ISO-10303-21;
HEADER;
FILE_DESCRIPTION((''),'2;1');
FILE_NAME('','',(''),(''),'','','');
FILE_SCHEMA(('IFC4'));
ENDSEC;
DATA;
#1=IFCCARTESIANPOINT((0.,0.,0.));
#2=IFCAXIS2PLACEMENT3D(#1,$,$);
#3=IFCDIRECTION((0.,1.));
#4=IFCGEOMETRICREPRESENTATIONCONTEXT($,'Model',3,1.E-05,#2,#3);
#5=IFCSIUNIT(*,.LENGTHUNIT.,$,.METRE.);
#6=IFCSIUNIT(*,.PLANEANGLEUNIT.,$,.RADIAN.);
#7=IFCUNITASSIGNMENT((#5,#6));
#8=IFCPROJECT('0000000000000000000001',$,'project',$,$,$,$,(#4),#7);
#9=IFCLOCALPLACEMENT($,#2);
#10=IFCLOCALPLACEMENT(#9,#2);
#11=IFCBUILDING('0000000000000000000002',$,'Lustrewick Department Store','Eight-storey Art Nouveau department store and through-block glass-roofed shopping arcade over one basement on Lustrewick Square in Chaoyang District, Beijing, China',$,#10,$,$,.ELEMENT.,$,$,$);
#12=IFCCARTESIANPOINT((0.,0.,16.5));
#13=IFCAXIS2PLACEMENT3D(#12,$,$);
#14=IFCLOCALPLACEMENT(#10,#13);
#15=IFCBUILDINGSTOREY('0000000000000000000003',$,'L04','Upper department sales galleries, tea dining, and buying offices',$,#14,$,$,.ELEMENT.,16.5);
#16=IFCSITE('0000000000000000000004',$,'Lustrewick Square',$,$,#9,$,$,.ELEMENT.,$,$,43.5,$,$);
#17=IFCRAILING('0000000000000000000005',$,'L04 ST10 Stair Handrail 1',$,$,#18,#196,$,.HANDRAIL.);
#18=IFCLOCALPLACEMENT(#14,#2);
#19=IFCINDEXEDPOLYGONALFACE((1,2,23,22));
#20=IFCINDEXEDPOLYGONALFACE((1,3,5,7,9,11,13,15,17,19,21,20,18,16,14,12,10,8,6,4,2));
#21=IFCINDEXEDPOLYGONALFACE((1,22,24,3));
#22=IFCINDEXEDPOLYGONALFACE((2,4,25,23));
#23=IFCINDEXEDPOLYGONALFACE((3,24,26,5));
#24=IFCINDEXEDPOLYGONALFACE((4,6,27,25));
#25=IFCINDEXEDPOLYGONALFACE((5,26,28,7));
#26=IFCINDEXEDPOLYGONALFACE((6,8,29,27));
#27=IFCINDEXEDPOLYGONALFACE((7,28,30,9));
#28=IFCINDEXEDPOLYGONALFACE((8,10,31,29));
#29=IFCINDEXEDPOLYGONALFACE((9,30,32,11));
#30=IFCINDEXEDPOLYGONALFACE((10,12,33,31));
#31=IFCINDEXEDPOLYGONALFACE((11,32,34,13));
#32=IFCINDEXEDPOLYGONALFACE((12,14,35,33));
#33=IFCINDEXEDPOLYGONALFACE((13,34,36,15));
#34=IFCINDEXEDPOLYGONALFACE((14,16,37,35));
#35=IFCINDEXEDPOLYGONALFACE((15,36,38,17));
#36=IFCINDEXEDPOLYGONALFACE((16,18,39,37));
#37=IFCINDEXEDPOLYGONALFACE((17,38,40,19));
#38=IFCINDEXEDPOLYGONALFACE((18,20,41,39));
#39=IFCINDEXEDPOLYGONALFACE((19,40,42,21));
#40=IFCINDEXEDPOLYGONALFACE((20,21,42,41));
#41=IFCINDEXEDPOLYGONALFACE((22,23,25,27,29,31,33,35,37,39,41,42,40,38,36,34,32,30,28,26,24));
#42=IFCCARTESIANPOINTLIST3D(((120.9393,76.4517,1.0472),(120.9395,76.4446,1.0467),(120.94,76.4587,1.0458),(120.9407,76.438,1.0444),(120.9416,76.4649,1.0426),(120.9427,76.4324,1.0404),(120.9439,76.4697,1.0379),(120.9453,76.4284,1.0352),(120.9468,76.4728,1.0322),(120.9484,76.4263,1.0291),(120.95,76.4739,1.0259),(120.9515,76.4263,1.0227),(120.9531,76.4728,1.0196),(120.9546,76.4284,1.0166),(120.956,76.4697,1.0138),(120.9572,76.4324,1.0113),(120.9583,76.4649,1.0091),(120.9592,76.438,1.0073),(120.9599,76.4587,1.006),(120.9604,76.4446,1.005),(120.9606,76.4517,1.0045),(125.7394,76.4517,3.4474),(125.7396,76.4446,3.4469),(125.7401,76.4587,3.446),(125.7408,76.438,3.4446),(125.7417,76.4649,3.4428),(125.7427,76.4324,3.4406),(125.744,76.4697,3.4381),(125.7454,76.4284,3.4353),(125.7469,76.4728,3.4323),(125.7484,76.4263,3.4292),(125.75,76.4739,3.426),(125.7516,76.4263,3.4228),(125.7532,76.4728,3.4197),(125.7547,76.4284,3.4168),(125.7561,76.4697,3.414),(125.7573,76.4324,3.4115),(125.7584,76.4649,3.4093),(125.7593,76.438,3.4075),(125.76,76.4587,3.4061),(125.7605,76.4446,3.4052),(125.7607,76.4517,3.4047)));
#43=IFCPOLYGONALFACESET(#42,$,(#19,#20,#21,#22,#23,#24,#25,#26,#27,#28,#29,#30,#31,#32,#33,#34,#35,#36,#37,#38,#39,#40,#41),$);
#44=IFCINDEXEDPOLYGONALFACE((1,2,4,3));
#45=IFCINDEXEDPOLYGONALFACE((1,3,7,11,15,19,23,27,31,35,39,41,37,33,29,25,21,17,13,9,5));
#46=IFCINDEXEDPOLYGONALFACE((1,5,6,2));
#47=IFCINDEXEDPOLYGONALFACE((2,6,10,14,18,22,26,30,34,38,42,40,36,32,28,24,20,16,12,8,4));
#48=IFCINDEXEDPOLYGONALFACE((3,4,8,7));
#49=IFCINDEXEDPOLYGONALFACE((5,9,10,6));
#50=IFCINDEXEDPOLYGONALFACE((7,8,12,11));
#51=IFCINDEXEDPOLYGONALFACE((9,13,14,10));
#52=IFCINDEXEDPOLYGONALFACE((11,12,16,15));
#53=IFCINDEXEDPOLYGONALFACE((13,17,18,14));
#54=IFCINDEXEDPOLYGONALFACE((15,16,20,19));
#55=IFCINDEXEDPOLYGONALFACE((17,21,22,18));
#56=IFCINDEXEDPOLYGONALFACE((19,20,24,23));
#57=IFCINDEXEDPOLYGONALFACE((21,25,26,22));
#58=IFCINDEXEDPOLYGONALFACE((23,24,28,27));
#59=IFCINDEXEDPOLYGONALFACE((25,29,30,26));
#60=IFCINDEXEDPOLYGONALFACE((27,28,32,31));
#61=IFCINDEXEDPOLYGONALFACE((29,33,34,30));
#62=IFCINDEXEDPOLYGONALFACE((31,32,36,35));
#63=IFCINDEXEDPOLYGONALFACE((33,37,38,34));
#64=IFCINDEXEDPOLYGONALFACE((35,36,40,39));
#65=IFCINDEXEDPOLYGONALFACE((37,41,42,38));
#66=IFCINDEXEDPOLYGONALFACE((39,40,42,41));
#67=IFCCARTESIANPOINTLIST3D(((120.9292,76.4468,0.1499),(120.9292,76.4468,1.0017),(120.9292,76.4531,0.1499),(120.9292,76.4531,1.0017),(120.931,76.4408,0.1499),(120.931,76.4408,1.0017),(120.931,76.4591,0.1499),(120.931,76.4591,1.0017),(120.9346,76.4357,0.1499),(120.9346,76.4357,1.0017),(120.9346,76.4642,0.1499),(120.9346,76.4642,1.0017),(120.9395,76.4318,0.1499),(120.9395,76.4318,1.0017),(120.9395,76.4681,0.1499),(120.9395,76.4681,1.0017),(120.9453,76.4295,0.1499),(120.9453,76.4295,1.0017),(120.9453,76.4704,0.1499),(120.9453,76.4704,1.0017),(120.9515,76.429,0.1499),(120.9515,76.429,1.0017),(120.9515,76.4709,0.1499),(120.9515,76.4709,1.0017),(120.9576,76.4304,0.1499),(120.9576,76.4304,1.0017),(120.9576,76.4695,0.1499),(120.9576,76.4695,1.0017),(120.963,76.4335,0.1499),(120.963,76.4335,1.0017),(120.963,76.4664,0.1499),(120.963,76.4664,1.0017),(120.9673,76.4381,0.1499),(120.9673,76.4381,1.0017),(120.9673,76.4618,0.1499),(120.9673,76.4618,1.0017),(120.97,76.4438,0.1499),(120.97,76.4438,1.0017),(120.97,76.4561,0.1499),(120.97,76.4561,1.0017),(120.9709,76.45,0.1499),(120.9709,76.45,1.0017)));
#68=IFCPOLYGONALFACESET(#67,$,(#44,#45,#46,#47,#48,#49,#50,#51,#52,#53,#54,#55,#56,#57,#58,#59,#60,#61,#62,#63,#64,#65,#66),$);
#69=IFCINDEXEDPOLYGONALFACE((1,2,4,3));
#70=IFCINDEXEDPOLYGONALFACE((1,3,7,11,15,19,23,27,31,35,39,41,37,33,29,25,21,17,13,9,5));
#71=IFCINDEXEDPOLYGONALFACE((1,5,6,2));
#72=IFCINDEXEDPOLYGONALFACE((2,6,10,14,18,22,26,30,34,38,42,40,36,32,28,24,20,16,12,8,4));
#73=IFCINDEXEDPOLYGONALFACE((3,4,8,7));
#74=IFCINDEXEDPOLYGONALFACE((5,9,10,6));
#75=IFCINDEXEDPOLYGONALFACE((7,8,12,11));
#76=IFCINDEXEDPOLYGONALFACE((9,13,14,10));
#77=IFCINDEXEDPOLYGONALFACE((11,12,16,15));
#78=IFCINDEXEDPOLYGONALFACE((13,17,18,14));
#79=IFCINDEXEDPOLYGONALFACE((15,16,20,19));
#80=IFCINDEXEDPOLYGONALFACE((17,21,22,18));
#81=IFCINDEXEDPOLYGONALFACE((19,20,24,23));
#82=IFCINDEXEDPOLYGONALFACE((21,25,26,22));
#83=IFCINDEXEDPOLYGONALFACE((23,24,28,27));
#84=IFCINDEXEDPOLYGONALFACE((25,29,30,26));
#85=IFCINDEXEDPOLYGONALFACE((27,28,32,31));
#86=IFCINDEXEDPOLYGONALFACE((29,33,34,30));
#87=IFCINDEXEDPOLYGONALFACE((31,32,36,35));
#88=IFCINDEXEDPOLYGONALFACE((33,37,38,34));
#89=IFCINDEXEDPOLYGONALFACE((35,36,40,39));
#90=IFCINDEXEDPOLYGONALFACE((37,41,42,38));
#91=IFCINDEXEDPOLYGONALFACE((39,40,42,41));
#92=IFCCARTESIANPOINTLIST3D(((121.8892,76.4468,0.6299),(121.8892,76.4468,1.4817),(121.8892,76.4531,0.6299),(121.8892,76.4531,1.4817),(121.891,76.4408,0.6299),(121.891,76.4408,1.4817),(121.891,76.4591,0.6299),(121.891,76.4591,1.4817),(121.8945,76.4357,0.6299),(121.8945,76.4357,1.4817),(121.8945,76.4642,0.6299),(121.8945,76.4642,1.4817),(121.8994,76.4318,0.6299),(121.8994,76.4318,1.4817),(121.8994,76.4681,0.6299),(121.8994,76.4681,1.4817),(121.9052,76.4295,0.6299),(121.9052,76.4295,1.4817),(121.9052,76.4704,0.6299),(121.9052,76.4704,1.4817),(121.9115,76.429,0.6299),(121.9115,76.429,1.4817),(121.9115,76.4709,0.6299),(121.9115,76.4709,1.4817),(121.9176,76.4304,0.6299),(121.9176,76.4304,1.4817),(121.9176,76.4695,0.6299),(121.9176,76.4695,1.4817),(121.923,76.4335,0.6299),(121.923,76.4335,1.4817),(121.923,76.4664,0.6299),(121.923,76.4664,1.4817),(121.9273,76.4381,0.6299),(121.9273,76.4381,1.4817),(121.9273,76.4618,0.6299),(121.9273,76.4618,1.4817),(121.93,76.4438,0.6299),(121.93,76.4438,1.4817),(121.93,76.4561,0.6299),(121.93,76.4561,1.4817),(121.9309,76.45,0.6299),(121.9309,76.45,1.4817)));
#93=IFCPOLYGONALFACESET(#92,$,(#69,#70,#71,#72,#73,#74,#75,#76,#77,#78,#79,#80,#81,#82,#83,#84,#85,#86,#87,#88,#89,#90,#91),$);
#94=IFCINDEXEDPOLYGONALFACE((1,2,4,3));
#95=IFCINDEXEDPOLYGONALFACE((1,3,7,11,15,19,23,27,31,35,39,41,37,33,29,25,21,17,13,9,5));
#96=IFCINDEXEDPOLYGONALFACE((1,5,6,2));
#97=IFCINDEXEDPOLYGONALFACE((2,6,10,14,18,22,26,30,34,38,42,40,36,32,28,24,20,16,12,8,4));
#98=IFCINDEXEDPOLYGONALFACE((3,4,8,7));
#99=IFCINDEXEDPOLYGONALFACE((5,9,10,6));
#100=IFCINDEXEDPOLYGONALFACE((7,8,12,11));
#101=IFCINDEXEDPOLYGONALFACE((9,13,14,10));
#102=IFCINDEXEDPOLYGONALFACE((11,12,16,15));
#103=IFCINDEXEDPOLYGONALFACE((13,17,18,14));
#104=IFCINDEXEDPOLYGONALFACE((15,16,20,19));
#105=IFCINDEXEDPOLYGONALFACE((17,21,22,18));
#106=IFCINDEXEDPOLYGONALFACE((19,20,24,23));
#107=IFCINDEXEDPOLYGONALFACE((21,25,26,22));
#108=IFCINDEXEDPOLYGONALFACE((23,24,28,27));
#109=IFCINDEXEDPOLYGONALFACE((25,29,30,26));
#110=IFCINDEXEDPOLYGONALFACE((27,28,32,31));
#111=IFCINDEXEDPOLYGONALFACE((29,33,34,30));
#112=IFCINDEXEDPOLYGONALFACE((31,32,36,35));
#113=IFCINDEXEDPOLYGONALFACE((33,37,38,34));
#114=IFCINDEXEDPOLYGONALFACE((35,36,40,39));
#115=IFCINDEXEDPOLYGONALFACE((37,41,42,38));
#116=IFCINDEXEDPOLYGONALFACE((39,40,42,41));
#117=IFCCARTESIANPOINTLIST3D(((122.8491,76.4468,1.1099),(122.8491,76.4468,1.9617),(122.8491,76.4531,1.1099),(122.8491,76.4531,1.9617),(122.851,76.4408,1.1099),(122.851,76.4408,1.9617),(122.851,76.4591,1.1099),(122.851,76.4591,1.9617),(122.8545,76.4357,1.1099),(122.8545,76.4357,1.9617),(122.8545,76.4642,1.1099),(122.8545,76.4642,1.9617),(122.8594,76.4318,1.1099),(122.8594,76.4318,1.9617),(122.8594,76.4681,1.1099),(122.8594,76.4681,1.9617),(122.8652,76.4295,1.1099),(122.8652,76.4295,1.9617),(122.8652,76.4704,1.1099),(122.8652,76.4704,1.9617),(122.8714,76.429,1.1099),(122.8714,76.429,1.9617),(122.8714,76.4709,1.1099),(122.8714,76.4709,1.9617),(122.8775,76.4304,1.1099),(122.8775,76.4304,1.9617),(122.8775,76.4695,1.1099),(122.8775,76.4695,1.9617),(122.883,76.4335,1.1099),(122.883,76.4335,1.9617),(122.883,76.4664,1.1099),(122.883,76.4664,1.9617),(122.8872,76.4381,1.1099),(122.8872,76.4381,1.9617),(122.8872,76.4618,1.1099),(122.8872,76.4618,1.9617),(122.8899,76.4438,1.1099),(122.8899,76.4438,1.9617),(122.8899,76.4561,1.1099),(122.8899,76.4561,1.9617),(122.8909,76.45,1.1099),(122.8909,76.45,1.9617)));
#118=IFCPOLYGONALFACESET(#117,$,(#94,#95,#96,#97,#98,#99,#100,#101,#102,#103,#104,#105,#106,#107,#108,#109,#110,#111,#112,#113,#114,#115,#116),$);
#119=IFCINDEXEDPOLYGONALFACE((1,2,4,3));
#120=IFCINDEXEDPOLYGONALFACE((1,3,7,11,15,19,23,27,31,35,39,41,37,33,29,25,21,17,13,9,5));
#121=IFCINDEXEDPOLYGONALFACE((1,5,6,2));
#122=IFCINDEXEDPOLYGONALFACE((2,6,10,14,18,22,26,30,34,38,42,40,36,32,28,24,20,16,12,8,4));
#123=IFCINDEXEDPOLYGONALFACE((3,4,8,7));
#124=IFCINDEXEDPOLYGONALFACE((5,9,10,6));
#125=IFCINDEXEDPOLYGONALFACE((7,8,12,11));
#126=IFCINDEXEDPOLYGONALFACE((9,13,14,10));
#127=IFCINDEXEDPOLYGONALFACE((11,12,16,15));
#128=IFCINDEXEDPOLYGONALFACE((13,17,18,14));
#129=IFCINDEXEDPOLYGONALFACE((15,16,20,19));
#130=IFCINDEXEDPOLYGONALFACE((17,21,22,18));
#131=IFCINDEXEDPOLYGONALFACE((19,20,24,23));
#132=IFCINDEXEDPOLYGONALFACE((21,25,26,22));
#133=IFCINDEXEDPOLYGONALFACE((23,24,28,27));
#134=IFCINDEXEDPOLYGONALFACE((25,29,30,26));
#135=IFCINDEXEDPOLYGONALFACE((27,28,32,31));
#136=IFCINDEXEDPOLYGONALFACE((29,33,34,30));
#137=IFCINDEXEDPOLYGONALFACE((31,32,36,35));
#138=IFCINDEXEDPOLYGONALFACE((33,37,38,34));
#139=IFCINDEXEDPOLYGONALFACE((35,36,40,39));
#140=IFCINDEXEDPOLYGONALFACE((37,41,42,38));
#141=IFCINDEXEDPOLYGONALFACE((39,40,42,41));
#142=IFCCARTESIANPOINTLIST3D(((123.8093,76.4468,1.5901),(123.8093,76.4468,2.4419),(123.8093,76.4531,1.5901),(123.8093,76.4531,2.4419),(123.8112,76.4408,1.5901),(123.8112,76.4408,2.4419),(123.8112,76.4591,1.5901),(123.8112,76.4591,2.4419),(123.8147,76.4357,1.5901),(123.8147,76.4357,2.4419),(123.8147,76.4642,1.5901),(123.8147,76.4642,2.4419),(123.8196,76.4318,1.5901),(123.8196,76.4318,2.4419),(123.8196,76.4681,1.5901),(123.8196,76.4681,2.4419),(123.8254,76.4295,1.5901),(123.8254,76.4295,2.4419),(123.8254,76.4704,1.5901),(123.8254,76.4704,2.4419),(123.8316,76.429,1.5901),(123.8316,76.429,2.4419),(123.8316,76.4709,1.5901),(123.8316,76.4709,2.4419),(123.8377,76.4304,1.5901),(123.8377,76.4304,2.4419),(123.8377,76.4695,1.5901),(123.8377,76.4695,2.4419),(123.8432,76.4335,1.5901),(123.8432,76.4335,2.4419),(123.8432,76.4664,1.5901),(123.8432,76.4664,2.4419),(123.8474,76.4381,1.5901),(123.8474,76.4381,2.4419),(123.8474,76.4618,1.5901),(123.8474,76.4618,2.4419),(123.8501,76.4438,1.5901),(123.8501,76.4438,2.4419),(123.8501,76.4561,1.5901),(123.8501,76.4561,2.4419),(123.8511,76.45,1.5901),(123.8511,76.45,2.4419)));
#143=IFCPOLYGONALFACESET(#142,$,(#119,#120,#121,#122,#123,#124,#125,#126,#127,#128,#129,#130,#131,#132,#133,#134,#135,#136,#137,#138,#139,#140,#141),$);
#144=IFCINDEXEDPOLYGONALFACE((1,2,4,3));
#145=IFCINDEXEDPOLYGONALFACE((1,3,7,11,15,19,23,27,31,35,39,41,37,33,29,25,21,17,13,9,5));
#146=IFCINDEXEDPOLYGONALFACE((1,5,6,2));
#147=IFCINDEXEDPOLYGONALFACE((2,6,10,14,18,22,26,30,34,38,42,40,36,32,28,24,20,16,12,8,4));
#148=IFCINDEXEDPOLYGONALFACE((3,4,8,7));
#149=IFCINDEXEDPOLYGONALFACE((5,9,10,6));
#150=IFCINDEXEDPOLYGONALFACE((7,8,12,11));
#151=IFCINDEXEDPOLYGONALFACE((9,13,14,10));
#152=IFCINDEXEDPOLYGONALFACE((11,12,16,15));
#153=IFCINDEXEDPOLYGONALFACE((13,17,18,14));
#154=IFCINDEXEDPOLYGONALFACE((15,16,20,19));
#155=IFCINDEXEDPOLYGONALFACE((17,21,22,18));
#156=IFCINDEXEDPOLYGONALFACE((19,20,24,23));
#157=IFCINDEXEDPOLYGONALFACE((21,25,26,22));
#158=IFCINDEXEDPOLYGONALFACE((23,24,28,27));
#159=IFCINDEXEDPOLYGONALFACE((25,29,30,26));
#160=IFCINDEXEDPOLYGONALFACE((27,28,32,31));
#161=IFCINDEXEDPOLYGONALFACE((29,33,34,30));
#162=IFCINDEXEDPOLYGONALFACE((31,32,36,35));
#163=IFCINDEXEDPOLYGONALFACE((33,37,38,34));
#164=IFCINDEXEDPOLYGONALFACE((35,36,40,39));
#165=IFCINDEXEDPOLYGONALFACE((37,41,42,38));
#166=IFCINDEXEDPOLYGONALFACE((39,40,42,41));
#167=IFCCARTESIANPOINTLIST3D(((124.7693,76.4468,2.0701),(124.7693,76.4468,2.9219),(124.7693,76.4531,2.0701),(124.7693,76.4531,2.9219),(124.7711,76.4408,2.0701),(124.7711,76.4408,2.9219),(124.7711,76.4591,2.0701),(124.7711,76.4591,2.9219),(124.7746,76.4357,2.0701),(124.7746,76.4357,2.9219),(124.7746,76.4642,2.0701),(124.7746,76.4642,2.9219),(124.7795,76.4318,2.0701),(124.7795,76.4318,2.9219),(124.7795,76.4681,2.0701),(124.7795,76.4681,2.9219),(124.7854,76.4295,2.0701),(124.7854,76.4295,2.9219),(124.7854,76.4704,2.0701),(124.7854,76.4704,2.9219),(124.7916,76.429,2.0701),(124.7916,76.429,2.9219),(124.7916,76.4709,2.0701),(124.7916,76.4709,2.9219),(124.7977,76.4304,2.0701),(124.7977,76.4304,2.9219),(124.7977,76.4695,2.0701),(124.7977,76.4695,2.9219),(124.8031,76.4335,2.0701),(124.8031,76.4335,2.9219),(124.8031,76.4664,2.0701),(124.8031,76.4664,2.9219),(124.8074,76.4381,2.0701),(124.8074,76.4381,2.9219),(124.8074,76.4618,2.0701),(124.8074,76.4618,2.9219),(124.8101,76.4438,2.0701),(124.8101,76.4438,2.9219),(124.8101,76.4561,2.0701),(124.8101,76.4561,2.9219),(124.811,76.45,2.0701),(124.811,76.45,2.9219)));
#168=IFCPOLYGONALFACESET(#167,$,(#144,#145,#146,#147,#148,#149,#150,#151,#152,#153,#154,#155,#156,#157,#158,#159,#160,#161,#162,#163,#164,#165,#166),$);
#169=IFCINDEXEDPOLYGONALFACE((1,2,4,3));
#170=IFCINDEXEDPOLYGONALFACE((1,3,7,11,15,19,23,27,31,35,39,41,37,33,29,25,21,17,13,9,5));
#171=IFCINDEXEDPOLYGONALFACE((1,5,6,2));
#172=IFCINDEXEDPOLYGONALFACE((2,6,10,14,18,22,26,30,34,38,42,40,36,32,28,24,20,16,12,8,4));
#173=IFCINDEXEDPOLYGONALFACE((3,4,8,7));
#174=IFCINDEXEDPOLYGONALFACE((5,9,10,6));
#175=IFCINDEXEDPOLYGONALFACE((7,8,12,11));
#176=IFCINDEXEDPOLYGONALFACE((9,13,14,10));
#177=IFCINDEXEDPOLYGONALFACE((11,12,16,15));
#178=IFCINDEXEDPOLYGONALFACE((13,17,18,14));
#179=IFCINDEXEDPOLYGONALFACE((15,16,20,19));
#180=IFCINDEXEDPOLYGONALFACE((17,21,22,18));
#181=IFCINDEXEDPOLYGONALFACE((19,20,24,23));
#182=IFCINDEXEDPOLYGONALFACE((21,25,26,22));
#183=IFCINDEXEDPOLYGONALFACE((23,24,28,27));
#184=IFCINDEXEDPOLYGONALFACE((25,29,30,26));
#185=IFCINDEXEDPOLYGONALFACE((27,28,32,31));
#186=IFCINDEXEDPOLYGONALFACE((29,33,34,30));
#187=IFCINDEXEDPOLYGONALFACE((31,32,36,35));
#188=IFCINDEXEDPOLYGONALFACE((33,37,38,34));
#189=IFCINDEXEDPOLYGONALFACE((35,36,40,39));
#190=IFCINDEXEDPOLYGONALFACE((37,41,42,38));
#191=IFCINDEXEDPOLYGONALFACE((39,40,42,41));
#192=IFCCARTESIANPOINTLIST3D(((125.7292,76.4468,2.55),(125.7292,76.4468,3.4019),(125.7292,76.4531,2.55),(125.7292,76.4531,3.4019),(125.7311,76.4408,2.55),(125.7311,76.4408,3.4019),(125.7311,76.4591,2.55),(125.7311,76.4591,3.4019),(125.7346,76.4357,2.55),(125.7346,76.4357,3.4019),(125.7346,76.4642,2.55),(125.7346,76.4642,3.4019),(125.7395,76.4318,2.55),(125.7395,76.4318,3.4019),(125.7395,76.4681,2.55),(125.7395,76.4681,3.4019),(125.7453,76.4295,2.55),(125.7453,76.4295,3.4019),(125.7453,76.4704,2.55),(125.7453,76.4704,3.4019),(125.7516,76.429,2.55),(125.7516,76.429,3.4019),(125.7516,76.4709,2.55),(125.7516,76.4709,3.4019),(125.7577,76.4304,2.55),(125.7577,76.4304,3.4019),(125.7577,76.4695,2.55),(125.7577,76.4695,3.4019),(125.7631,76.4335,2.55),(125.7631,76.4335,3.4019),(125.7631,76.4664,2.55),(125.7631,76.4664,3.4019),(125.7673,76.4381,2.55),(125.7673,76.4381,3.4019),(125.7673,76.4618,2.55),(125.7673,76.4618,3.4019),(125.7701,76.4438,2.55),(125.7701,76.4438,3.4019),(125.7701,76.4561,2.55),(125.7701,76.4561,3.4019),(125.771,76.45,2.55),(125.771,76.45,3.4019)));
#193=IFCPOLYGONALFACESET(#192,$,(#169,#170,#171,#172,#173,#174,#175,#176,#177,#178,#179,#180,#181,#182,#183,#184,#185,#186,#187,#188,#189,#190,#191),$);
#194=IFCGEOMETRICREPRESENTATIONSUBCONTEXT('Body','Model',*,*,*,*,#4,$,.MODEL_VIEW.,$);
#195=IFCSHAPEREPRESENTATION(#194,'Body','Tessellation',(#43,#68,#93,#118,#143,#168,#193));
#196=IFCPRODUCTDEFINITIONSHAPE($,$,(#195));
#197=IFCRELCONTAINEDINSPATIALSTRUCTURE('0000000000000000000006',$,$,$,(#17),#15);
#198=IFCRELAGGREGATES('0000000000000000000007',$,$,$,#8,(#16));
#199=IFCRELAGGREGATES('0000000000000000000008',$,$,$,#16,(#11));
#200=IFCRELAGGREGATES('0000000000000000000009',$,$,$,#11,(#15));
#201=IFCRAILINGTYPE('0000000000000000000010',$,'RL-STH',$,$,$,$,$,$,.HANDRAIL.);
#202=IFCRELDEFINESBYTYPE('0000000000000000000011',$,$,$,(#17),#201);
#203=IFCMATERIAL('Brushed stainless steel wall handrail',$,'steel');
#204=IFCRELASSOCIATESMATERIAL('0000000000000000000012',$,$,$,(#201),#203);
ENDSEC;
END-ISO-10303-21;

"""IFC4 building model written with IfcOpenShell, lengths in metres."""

from ifc_helpers import new_model, si_unit, direction, frame, origin, origin_2d, place, context, subcontext, project, spatial, circle, extrude, material, type_object, element, save


model = new_model("IFC4")

# Units and contexts
model_context = context("Model", 3, precision=1e-05, world=origin(), true_north=direction((0.0, 1.0)))
body_context = subcontext(model_context, "Body", "Model", "MODEL_VIEW")
ifc_project = project(units=[si_unit("LENGTHUNIT", "METRE"), si_unit("PLANEANGLEUNIT", "RADIAN")], contexts=[model_context])

# Site, building, storey
site_placement = place(None, origin())
site = spatial("IfcSite", under=ifc_project, at=site_placement, Name="Lustrewick Square", CompositionType="ELEMENT", RefElevation=43.5)
building_placement = place(site_placement, origin())
building = spatial("IfcBuilding", under=site, at=building_placement, Name="Lustrewick Department Store", Description="Eight-storey Art Nouveau department store and through-block glass-roofed shopping arcade over one basement on Lustrewick Square in Chaoyang District, Beijing, China", CompositionType="ELEMENT")
storey_placement = place(building_placement, frame((0.0, 0.0, 16.5)))
storey = spatial("IfcBuildingStorey", under=building, at=storey_placement, Name="L04", Description="Upper department sales galleries, tea dining, and buying offices", CompositionType="ELEMENT", Elevation=16.5)

# Railing
ifc_material_1 = material(Name="Brushed stainless steel wall handrail", Category="steel")
railing_type_1 = type_object("IfcRailingType", Name="RL-STH", PredefinedType="HANDRAIL", material=ifc_material_1)
railing_1_placement = place(storey_placement, frame((120.95, 76.45, 0.1499)))
element("IfcRailing", 1, at=railing_1_placement, inside=storey, type_object=railing_type_1, Name="L04 ST10 Stair Handrail 1", PredefinedType="HANDRAIL", context=body_context, shape_type="SweptSolid", body=[
    extrude(circle(Radius=0.0239, at=origin_2d()), frame((0.0, 0.0, 0.876), z_axis=(0.894418, 0.0, 0.447232), x_axis=(0.0, 1.0, 0.0)), (0.0, 0.0, 1.0), 5.3667),
    extrude(circle(Radius=0.021, at=origin_2d()), origin(), (0.0, 0.0, 1.0), 0.8518),
    extrude(circle(Radius=0.021, at=origin_2d()), frame((0.96, 0.0, 0.48)), (0.0, 0.0, 1.0), 0.8518),
    extrude(circle(Radius=0.021, at=origin_2d()), frame((1.9199, 0.0, 0.96)), (0.0, 0.0, 1.0), 0.8518),
    extrude(circle(Radius=0.021, at=origin_2d()), frame((2.8801, 0.0, 1.4402)), (0.0, 0.0, 1.0), 0.8518),
    extrude(circle(Radius=0.021, at=origin_2d()), frame((3.8401, 0.0, 1.9202)), (0.0, 0.0, 1.0), 0.8518),
    extrude(circle(Radius=0.021, at=origin_2d()), frame((4.8, 0.0, 2.4001)), (0.0, 0.0, 1.0), 0.8518),
])

save(model, "model.ifc")
